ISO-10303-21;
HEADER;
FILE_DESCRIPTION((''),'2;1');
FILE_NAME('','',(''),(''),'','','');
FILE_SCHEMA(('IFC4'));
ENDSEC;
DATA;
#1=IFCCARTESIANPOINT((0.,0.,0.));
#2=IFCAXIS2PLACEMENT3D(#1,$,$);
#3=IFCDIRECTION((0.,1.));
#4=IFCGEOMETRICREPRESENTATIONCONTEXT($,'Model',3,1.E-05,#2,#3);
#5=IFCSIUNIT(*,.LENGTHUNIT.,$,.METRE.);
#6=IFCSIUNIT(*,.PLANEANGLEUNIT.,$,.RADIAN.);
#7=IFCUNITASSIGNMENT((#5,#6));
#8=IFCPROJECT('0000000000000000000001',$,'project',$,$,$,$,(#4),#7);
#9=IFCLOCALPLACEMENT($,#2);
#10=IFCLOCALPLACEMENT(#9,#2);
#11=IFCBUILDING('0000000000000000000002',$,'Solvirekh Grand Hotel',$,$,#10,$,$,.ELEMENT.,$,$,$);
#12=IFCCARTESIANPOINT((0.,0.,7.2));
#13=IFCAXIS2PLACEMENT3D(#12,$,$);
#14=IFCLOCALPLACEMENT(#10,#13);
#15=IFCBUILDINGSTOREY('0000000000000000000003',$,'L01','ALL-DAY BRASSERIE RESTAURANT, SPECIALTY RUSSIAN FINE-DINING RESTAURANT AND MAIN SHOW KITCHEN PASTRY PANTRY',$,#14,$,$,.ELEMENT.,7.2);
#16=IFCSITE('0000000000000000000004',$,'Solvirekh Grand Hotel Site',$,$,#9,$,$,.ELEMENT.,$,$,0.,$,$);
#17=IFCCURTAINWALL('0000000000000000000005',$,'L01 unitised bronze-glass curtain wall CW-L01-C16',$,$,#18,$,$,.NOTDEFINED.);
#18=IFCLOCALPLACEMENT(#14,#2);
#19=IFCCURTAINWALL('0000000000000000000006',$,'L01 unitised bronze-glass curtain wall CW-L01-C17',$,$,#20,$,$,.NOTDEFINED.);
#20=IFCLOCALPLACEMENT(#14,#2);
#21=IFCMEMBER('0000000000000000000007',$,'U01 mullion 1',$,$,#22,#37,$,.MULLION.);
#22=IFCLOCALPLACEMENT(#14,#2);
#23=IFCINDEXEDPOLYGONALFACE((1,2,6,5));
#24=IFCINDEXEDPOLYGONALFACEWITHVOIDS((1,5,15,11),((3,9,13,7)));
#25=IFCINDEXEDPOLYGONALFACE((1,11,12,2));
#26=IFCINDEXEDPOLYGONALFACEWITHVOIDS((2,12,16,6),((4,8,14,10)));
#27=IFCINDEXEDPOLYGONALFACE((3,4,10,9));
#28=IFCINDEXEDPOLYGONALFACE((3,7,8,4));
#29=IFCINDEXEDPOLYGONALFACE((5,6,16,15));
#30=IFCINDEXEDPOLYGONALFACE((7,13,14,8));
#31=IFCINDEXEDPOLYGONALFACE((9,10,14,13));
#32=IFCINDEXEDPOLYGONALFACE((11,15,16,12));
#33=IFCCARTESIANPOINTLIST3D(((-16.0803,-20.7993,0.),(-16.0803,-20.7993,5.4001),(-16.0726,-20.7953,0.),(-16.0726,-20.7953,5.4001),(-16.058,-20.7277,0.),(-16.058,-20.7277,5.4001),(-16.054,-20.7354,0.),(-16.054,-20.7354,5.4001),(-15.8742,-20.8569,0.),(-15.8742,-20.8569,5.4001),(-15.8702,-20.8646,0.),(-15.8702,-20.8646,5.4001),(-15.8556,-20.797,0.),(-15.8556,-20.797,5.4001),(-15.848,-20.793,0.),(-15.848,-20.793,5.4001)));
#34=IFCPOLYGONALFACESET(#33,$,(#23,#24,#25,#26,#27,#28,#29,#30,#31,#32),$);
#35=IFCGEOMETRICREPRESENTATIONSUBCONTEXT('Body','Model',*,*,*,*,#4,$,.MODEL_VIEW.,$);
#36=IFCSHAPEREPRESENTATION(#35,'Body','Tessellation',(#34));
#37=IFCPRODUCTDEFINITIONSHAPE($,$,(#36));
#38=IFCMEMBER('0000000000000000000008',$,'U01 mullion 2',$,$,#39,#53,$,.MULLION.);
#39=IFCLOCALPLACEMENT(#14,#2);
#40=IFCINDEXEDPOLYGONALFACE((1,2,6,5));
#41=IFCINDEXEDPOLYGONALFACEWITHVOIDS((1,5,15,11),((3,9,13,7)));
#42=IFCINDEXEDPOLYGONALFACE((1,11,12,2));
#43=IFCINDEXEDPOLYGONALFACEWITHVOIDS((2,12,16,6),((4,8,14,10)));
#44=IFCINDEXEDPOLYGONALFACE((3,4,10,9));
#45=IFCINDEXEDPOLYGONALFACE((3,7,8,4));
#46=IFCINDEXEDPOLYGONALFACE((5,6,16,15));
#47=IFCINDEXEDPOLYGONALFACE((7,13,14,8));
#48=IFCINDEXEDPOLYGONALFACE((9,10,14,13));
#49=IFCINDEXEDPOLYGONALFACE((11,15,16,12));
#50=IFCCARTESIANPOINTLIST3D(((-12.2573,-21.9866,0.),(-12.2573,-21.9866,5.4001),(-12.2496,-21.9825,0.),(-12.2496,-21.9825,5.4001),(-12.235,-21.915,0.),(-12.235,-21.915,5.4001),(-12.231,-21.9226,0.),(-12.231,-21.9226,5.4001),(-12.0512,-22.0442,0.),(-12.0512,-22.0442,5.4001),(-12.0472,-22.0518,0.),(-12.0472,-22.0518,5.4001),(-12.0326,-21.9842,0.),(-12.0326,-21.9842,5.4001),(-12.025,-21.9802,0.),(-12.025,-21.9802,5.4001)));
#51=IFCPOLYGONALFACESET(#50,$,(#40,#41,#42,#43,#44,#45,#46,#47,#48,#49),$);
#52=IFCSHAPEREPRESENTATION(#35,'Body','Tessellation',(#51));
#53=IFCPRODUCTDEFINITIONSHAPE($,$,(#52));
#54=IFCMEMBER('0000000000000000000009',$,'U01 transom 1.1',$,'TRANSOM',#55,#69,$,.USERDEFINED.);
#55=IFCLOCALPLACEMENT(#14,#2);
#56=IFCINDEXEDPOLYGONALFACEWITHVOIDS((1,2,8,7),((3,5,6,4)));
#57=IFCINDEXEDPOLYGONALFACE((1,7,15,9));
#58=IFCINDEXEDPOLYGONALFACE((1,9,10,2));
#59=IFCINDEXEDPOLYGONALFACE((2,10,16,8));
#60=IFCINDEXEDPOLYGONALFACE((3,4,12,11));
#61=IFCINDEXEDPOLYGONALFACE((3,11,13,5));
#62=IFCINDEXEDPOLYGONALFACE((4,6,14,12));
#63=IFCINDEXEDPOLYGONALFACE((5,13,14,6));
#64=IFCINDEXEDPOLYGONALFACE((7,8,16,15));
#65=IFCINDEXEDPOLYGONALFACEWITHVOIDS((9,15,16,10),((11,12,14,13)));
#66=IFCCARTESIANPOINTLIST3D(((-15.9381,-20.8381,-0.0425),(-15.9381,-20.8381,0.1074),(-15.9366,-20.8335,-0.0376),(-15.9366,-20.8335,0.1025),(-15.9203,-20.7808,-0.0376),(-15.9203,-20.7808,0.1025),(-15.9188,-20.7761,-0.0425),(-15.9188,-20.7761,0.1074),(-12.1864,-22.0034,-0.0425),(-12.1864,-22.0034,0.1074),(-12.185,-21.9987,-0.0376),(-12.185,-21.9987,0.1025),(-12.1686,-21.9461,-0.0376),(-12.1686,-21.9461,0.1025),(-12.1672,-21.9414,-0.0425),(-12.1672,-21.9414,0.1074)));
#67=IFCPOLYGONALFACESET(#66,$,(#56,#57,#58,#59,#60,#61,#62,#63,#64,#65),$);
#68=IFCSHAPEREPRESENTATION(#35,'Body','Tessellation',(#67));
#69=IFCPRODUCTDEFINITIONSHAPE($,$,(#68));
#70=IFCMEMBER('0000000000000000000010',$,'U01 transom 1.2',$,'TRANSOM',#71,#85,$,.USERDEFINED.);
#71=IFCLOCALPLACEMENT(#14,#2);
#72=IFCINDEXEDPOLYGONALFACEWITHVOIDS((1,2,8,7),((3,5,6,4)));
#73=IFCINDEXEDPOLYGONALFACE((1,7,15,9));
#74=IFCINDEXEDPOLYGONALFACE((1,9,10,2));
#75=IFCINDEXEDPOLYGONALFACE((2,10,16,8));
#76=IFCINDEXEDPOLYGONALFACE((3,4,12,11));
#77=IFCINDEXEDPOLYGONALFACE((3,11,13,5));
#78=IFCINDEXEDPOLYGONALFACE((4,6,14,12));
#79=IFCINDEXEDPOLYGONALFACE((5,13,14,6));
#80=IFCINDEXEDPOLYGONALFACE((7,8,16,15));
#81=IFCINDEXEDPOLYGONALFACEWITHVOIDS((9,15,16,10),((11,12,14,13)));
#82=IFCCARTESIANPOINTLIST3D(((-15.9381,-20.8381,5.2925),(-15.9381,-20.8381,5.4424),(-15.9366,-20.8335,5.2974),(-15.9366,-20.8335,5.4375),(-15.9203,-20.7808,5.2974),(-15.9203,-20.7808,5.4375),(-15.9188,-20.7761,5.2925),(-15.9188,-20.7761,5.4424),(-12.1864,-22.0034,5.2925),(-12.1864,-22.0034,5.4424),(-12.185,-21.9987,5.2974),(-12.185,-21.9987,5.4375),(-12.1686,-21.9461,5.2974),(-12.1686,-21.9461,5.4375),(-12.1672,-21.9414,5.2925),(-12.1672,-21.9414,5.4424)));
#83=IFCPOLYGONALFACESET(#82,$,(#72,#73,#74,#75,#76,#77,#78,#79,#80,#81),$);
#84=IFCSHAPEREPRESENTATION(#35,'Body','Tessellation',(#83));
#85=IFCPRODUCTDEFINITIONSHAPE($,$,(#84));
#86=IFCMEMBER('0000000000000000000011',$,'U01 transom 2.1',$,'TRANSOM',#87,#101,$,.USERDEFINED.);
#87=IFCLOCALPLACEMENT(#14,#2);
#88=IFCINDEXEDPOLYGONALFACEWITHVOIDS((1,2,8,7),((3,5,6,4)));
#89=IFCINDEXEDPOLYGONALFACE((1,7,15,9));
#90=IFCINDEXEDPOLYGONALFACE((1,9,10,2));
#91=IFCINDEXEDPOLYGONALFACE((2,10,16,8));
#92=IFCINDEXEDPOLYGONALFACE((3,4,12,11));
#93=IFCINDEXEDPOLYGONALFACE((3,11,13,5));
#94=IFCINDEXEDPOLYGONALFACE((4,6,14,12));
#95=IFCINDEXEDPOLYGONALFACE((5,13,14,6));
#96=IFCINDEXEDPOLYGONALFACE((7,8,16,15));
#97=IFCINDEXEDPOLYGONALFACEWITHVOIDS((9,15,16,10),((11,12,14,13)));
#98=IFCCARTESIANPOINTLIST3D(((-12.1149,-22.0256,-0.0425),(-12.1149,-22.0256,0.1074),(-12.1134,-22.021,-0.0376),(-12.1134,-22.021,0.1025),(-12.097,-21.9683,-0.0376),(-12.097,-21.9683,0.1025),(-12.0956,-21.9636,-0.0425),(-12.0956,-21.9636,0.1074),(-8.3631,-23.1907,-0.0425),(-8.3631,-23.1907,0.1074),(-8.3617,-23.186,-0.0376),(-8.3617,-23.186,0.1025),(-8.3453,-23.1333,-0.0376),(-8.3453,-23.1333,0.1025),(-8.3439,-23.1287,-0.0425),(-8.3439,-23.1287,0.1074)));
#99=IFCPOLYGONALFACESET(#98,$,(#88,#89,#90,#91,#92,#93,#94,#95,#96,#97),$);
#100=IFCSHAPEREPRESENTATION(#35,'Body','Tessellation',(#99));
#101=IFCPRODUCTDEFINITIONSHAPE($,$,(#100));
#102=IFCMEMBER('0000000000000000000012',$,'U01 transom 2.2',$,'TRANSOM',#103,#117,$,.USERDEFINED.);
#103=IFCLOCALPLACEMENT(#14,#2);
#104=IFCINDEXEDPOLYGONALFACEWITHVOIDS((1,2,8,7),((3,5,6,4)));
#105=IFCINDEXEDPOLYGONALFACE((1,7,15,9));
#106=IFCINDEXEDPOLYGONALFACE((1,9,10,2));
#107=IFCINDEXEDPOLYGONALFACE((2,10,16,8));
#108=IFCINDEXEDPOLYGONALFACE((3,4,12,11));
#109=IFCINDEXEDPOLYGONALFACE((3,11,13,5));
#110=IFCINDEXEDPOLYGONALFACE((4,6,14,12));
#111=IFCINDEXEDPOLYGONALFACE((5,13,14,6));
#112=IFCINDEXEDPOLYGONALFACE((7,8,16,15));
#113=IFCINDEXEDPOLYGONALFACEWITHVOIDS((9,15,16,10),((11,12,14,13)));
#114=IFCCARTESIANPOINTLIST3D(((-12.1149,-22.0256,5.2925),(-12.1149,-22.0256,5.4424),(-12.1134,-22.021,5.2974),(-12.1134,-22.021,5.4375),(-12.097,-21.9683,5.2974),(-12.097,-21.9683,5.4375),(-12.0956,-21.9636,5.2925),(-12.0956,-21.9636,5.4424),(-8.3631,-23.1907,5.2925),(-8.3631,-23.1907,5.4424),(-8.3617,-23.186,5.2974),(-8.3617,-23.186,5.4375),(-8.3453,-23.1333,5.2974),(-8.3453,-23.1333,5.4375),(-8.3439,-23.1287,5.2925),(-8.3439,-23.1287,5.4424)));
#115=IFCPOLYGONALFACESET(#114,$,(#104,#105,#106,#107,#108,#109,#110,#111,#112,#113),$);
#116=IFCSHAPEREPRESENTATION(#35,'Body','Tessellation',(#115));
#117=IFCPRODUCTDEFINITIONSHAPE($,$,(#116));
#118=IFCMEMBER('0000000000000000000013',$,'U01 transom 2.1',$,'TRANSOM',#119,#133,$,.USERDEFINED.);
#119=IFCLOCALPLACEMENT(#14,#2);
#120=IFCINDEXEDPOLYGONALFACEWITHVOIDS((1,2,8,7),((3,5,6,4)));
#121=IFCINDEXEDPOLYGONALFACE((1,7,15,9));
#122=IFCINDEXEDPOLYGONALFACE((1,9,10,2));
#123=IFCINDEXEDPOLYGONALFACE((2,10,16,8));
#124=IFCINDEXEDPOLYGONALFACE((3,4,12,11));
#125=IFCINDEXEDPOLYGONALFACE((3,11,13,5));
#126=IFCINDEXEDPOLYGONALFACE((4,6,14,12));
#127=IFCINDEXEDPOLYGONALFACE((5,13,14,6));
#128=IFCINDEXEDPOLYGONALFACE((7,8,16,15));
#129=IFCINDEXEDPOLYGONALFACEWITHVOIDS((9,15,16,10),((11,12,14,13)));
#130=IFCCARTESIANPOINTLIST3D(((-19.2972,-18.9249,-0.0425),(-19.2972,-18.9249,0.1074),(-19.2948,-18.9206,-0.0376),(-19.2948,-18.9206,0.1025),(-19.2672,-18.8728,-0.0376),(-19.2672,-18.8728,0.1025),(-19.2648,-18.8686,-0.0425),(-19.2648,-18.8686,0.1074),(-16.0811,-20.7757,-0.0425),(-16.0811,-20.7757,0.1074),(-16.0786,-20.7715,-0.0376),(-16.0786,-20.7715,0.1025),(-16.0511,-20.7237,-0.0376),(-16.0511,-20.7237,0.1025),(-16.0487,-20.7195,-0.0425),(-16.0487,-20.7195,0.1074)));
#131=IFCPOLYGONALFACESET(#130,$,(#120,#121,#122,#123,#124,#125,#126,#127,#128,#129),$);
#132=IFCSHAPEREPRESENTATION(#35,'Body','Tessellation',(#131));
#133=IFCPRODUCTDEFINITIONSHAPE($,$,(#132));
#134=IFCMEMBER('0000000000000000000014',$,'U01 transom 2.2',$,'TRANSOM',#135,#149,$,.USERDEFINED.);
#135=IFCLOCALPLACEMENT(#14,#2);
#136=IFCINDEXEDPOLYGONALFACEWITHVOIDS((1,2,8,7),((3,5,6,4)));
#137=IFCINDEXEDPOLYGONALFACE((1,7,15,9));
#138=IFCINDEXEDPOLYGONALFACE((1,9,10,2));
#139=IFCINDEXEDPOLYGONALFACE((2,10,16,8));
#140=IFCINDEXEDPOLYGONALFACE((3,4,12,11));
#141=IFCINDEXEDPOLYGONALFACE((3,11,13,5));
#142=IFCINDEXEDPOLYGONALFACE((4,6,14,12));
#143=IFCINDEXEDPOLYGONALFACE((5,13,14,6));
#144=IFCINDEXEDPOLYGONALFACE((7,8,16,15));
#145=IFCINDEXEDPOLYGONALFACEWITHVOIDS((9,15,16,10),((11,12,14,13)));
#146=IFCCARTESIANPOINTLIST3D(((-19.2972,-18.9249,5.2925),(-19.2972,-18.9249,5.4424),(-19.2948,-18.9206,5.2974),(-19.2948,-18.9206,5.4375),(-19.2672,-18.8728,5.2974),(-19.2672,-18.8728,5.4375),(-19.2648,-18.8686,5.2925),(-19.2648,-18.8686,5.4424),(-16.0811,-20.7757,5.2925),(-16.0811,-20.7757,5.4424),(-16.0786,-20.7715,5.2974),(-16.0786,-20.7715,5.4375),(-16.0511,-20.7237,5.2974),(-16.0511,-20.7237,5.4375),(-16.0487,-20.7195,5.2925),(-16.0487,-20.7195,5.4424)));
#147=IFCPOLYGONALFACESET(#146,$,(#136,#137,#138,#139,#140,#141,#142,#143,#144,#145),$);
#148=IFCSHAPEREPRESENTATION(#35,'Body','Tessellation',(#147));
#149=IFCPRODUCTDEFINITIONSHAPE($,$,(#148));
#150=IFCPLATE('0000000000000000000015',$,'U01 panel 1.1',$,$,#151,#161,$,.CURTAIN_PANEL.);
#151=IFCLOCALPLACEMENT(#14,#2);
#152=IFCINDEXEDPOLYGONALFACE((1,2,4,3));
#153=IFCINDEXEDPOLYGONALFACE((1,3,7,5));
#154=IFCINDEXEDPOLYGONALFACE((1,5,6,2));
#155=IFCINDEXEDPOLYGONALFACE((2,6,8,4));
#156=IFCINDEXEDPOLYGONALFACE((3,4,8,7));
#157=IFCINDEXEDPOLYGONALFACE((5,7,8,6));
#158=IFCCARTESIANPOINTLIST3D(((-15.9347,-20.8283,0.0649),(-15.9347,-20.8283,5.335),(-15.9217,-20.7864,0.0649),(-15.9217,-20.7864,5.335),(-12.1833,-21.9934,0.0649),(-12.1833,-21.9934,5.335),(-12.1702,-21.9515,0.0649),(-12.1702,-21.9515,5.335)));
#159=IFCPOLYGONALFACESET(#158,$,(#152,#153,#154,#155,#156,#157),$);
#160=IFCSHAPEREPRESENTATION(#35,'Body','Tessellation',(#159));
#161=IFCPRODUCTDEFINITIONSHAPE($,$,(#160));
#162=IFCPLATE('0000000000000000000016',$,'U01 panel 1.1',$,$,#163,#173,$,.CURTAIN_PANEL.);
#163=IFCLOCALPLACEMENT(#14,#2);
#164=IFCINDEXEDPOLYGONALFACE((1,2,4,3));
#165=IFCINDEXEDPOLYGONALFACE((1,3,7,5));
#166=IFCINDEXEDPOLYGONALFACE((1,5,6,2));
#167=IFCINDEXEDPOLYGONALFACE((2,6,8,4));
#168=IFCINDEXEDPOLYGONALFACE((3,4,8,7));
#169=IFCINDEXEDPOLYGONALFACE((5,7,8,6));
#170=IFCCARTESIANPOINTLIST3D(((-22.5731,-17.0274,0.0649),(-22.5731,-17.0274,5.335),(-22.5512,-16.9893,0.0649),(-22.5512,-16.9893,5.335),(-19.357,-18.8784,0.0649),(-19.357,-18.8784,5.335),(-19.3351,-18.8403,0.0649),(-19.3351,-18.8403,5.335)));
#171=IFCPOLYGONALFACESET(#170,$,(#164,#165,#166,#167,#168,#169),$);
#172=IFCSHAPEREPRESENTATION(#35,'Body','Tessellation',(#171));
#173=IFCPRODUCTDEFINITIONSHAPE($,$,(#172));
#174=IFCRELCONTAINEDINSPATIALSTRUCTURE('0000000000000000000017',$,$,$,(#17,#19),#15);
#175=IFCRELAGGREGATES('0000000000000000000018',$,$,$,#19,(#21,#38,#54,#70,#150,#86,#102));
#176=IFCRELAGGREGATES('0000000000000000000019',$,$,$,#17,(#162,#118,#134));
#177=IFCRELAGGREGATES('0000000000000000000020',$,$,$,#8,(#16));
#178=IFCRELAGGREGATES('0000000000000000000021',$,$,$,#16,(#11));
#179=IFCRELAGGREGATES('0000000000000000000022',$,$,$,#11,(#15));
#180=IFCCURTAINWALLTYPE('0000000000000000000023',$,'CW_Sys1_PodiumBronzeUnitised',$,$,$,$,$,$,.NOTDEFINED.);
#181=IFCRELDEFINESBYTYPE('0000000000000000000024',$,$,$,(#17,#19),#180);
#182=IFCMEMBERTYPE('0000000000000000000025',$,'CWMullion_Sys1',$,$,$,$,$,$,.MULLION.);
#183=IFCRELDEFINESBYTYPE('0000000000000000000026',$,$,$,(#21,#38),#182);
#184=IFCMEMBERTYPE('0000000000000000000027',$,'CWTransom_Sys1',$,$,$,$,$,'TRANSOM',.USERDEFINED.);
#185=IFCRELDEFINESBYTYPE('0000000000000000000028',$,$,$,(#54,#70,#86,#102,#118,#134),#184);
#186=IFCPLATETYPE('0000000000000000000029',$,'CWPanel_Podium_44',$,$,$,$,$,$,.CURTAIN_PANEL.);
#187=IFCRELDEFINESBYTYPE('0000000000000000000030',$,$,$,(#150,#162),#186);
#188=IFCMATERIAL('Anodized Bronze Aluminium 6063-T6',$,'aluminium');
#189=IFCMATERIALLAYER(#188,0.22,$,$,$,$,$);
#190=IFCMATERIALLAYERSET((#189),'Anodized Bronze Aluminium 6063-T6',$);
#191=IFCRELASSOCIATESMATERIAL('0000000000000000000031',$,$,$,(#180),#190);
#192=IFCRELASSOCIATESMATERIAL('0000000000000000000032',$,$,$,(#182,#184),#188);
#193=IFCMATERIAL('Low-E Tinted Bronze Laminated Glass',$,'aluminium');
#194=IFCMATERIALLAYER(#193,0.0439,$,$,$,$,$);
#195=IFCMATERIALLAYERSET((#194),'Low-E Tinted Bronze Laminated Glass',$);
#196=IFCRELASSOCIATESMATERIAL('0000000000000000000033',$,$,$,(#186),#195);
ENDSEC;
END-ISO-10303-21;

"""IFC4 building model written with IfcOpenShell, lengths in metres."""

from ifc_helpers import new_model, si_unit, direction, frame, origin, origin_2d, place, context, subcontext, project, spatial, rectangle, hollow_rectangle, extrude, source, transform, mapped, material, layer, layer_set, material_profile, profile_set, type_object, element, aggregate, save


model = new_model("IFC4")

# Units and contexts
model_context = context("Model", 3, precision=1e-05, world=origin(), true_north=direction((0.0, 1.0)))
body_context = subcontext(model_context, "Body", "Model", "MODEL_VIEW")
ifc_project = project(units=[si_unit("LENGTHUNIT", "METRE"), si_unit("PLANEANGLEUNIT", "RADIAN")], contexts=[model_context])

# Site, building, storey
site_placement = place(None, origin())
site = spatial("IfcSite", under=ifc_project, at=site_placement, Name="Solvirekh Grand Hotel Site", CompositionType="ELEMENT", RefElevation=0.0)
building_placement = place(site_placement, origin())
building = spatial("IfcBuilding", under=site, at=building_placement, Name="Solvirekh Grand Hotel", CompositionType="ELEMENT")
storey_placement = place(building_placement, frame((0.0, 0.0, 7.2)))
storey = spatial("IfcBuildingStorey", under=building, at=storey_placement, Name="L01", Description="ALL-DAY BRASSERIE RESTAURANT, SPECIALTY RUSSIAN FINE-DINING RESTAURANT AND MAIN SHOW KITCHEN PASTRY PANTRY", CompositionType="ELEMENT", Elevation=7.2)

# Curtain walls, members
ifc_material_1 = material(Name="Anodized Bronze Aluminium 6063-T6", Category="aluminium")
ifc_layer_1 = layer(ifc_material_1, 0.22)
ifc_layer_set_1 = layer_set([ifc_layer_1], Name="Anodized Bronze Aluminium 6063-T6")
curtain_wall_type = type_object("IfcCurtainWallType", Name="CW_Sys1_PodiumBronzeUnitised", PredefinedType="NOTDEFINED", material=ifc_layer_set_1)
curtain_wall_1_placement = place(storey_placement, origin())
curtain_wall_1 = element("IfcCurtainWall", 1, at=curtain_wall_1_placement, inside=storey, type_object=curtain_wall_type, Name="L01 unitised bronze-glass curtain wall CW-L01-C16", PredefinedType="NOTDEFINED")
ifc_material_profile_1 = material_profile(ifc_material_1, hollow_rectangle(XDim=0.075, YDim=0.22, WallThickness=0.0061, at=origin_2d()), Name="ALU RHS 220X75X6")
ifc_profile_set_1 = profile_set([ifc_material_profile_1], Name="Anodized Bronze Aluminium 6063-T6")
member_type_1 = type_object("IfcMemberType", Name="CWMullion_Sys1", PredefinedType="MULLION", material=ifc_profile_set_1)
shared_shape_1 = source(origin(), body_context, "Body", "SweptSolid", [
    extrude(hollow_rectangle(XDim=0.075, YDim=0.22, WallThickness=0.0061, at=origin_2d()), origin(), (0.0, 0.0, 1.0), 5.4001),
])
curtain_wall_2_placement = place(storey_placement, origin())
curtain_wall_2 = element("IfcCurtainWall", 2, at=curtain_wall_2_placement, inside=storey, type_object=curtain_wall_type, Name="L01 unitised bronze-glass curtain wall CW-L01-C17", PredefinedType="NOTDEFINED")
member_1_placement = place(storey_placement, frame((-15.9641, -20.7961, 0.0), z_axis=(0.0, 0.0, 1.0), x_axis=(0.296598, 0.955003, 0.0)))
member_1 = element("IfcMember", 3, at=member_1_placement, type_object=member_type_1, Name="U01 mullion 1", PredefinedType="MULLION", context=body_context, shape_type="MappedRepresentation", body=[
    mapped(shared_shape_1, transform((0.0, 0.0, 0.0), x_axis=(1.0, 0.0, 0.0), y_axis=(0.0, 1.0, 0.0), z_axis=(0.0, 0.0, 1.0), scale=1.0)),
])
member_2_placement = place(storey_placement, frame((-12.1411, -21.9834, 0.0), z_axis=(0.0, 0.0, 1.0), x_axis=(0.296598, 0.955003, 0.0)))
member_2 = element("IfcMember", 4, at=member_2_placement, type_object=member_type_1, Name="U01 mullion 2", PredefinedType="MULLION", context=body_context, shape_type="MappedRepresentation", body=[
    mapped(shared_shape_1, transform((0.0, 0.0, 0.0), x_axis=(1.0, 0.0, 0.0), y_axis=(0.0, 1.0, 0.0), z_axis=(0.0, 0.0, 1.0), scale=1.0)),
])
ifc_material_profile_2 = material_profile(ifc_material_1, hollow_rectangle(XDim=0.0649, YDim=0.1499, WallThickness=0.0049, at=origin_2d()), Name="ALU RHS 150X65X5")
ifc_profile_set_2 = profile_set([ifc_material_profile_2], Name="Anodized Bronze Aluminium 6063-T6")
member_type_2 = type_object("IfcMemberType", Name="CWTransom_Sys1", ElementType="TRANSOM", PredefinedType="USERDEFINED", material=ifc_profile_set_2)
shared_shape_2 = source(origin(), body_context, "Body", "SweptSolid", [
    extrude(hollow_rectangle(XDim=0.0649, YDim=0.1499, WallThickness=0.0049, at=origin_2d()), origin(), (0.0, 0.0, 1.0), 3.9285),
])
member_3_placement = place(storey_placement, frame((-15.9285, -20.8071, 0.0325), z_axis=(0.954995, -0.296622, 0.0), x_axis=(0.296622, 0.954995, 0.0)))
member_3 = element("IfcMember", 5, at=member_3_placement, type_object=member_type_2, Name="U01 transom 1.1", ObjectType="TRANSOM", PredefinedType="USERDEFINED", context=body_context, shape_type="MappedRepresentation", body=[
    mapped(shared_shape_2, transform((0.0, 0.0, 0.0), x_axis=(1.0, 0.0, 0.0), y_axis=(0.0, 1.0, 0.0), z_axis=(0.0, 0.0, 1.0), scale=1.0)),
])
member_4_placement = place(storey_placement, frame((-15.9285, -20.8071, 5.3674), z_axis=(0.954995, -0.296622, 0.0), x_axis=(0.296622, 0.954995, 0.0)))
member_4 = element("IfcMember", 6, at=member_4_placement, type_object=member_type_2, Name="U01 transom 1.2", ObjectType="TRANSOM", PredefinedType="USERDEFINED", context=body_context, shape_type="MappedRepresentation", body=[
    mapped(shared_shape_2, transform((0.0, 0.0, 0.0), x_axis=(1.0, 0.0, 0.0), y_axis=(0.0, 1.0, 0.0), z_axis=(0.0, 0.0, 1.0), scale=1.0)),
])
member_5_placement = place(storey_placement, frame((-12.1052, -21.9946, 0.0325), z_axis=(0.955013, -0.296565, 0.0), x_axis=(0.296565, 0.955013, 0.0)))
member_5 = element("IfcMember", 7, at=member_5_placement, type_object=member_type_2, Name="U01 transom 2.1", ObjectType="TRANSOM", PredefinedType="USERDEFINED", context=body_context, shape_type="MappedRepresentation", body=[
    mapped(shared_shape_2, transform((0.0, 0.0, 0.0), x_axis=(1.0, 0.0, 0.0), y_axis=(0.0, 1.0, 0.0), z_axis=(0.0, 0.0, 1.0), scale=1.0)),
])
member_6_placement = place(storey_placement, frame((-12.1052, -21.9946, 5.3674), z_axis=(0.955013, -0.296565, 0.0), x_axis=(0.296565, 0.955013, 0.0)))
member_6 = element("IfcMember", 8, at=member_6_placement, type_object=member_type_2, Name="U01 transom 2.2", ObjectType="TRANSOM", PredefinedType="USERDEFINED", context=body_context, shape_type="MappedRepresentation", body=[
    mapped(shared_shape_2, transform((0.0, 0.0, 0.0), x_axis=(1.0, 0.0, 0.0), y_axis=(0.0, 1.0, 0.0), z_axis=(0.0, 0.0, 1.0), scale=1.0)),
])

# Members
shared_shape_3 = source(origin(), body_context, "Body", "SweptSolid", [
    extrude(hollow_rectangle(XDim=0.0649, YDim=0.1499, WallThickness=0.0049, at=origin_2d()), origin(), (0.0, 0.0, 1.0), 3.7107),
])
member_7_placement = place(storey_placement, frame((-19.281, -18.8967, 0.0325), z_axis=(0.866721, -0.498794, 0.0), x_axis=(0.498794, 0.866721, 0.0)))
member_7 = element("IfcMember", 9, at=member_7_placement, type_object=member_type_2, Name="U01 transom 2.1", ObjectType="TRANSOM", PredefinedType="USERDEFINED", context=body_context, shape_type="MappedRepresentation", body=[
    mapped(shared_shape_3, transform((0.0, 0.0, 0.0), x_axis=(1.0, 0.0, 0.0), y_axis=(0.0, 1.0, 0.0), z_axis=(0.0, 0.0, 1.0), scale=1.0)),
])
member_8_placement = place(storey_placement, frame((-19.281, -18.8967, 5.3674), z_axis=(0.866721, -0.498794, 0.0), x_axis=(0.498794, 0.866721, 0.0)))
member_8 = element("IfcMember", 10, at=member_8_placement, type_object=member_type_2, Name="U01 transom 2.2", ObjectType="TRANSOM", PredefinedType="USERDEFINED", context=body_context, shape_type="MappedRepresentation", body=[
    mapped(shared_shape_3, transform((0.0, 0.0, 0.0), x_axis=(1.0, 0.0, 0.0), y_axis=(0.0, 1.0, 0.0), z_axis=(0.0, 0.0, 1.0), scale=1.0)),
])

# Plates
ifc_material_2 = material(Name="Low-E Tinted Bronze Laminated Glass", Category="aluminium")
ifc_layer_2 = layer(ifc_material_2, 0.0439)
ifc_layer_set_2 = layer_set([ifc_layer_2], Name="Low-E Tinted Bronze Laminated Glass")
plate_type = type_object("IfcPlateType", Name="CWPanel_Podium_44", PredefinedType="CURTAIN_PANEL", material=ifc_layer_set_2)
shared_shape_4 = source(origin(), body_context, "Body", "SweptSolid", [
    extrude(rectangle(XDim=3.9282, YDim=0.0439, at=origin_2d()), origin(), (0.0, 0.0, 1.0), 5.27),
])
plate_1_placement = place(storey_placement, frame((-14.0525, -21.3899, 0.0649), z_axis=(0.0, 0.0, 1.0), x_axis=(0.955003, -0.296598, 0.0)))
plate_1 = element("IfcPlate", 11, at=plate_1_placement, type_object=plate_type, Name="U01 panel 1.1", PredefinedType="CURTAIN_PANEL", context=body_context, shape_type="MappedRepresentation", body=[
    mapped(shared_shape_4, transform((0.0, 0.0, 0.0), x_axis=(1.0, 0.0, 0.0), y_axis=(0.0, 1.0, 0.0), z_axis=(0.0, 0.0, 1.0), scale=1.0)),
])
aggregate(curtain_wall_2, [member_1, member_2, member_3, member_4, plate_1, member_5, member_6])
shared_shape_5 = source(origin(), body_context, "Body", "SweptSolid", [
    extrude(rectangle(XDim=3.7107, YDim=0.0439, at=origin_2d()), origin(), (0.0, 0.0, 1.0), 5.27),
])
plate_2_placement = place(storey_placement, frame((-20.9541, -17.9338, 0.0649), z_axis=(0.0, 0.0, 1.0), x_axis=(0.86671, -0.498813, 0.0)))
plate_2 = element("IfcPlate", 12, at=plate_2_placement, type_object=plate_type, Name="U01 panel 1.1", PredefinedType="CURTAIN_PANEL", context=body_context, shape_type="MappedRepresentation", body=[
    mapped(shared_shape_5, transform((0.0, 0.0, 0.0), x_axis=(1.0, 0.0, 0.0), y_axis=(0.0, 1.0, 0.0), z_axis=(0.0, 0.0, 1.0), scale=1.0)),
])
aggregate(curtain_wall_1, [plate_2, member_7, member_8])

save(model, "model.ifc")
